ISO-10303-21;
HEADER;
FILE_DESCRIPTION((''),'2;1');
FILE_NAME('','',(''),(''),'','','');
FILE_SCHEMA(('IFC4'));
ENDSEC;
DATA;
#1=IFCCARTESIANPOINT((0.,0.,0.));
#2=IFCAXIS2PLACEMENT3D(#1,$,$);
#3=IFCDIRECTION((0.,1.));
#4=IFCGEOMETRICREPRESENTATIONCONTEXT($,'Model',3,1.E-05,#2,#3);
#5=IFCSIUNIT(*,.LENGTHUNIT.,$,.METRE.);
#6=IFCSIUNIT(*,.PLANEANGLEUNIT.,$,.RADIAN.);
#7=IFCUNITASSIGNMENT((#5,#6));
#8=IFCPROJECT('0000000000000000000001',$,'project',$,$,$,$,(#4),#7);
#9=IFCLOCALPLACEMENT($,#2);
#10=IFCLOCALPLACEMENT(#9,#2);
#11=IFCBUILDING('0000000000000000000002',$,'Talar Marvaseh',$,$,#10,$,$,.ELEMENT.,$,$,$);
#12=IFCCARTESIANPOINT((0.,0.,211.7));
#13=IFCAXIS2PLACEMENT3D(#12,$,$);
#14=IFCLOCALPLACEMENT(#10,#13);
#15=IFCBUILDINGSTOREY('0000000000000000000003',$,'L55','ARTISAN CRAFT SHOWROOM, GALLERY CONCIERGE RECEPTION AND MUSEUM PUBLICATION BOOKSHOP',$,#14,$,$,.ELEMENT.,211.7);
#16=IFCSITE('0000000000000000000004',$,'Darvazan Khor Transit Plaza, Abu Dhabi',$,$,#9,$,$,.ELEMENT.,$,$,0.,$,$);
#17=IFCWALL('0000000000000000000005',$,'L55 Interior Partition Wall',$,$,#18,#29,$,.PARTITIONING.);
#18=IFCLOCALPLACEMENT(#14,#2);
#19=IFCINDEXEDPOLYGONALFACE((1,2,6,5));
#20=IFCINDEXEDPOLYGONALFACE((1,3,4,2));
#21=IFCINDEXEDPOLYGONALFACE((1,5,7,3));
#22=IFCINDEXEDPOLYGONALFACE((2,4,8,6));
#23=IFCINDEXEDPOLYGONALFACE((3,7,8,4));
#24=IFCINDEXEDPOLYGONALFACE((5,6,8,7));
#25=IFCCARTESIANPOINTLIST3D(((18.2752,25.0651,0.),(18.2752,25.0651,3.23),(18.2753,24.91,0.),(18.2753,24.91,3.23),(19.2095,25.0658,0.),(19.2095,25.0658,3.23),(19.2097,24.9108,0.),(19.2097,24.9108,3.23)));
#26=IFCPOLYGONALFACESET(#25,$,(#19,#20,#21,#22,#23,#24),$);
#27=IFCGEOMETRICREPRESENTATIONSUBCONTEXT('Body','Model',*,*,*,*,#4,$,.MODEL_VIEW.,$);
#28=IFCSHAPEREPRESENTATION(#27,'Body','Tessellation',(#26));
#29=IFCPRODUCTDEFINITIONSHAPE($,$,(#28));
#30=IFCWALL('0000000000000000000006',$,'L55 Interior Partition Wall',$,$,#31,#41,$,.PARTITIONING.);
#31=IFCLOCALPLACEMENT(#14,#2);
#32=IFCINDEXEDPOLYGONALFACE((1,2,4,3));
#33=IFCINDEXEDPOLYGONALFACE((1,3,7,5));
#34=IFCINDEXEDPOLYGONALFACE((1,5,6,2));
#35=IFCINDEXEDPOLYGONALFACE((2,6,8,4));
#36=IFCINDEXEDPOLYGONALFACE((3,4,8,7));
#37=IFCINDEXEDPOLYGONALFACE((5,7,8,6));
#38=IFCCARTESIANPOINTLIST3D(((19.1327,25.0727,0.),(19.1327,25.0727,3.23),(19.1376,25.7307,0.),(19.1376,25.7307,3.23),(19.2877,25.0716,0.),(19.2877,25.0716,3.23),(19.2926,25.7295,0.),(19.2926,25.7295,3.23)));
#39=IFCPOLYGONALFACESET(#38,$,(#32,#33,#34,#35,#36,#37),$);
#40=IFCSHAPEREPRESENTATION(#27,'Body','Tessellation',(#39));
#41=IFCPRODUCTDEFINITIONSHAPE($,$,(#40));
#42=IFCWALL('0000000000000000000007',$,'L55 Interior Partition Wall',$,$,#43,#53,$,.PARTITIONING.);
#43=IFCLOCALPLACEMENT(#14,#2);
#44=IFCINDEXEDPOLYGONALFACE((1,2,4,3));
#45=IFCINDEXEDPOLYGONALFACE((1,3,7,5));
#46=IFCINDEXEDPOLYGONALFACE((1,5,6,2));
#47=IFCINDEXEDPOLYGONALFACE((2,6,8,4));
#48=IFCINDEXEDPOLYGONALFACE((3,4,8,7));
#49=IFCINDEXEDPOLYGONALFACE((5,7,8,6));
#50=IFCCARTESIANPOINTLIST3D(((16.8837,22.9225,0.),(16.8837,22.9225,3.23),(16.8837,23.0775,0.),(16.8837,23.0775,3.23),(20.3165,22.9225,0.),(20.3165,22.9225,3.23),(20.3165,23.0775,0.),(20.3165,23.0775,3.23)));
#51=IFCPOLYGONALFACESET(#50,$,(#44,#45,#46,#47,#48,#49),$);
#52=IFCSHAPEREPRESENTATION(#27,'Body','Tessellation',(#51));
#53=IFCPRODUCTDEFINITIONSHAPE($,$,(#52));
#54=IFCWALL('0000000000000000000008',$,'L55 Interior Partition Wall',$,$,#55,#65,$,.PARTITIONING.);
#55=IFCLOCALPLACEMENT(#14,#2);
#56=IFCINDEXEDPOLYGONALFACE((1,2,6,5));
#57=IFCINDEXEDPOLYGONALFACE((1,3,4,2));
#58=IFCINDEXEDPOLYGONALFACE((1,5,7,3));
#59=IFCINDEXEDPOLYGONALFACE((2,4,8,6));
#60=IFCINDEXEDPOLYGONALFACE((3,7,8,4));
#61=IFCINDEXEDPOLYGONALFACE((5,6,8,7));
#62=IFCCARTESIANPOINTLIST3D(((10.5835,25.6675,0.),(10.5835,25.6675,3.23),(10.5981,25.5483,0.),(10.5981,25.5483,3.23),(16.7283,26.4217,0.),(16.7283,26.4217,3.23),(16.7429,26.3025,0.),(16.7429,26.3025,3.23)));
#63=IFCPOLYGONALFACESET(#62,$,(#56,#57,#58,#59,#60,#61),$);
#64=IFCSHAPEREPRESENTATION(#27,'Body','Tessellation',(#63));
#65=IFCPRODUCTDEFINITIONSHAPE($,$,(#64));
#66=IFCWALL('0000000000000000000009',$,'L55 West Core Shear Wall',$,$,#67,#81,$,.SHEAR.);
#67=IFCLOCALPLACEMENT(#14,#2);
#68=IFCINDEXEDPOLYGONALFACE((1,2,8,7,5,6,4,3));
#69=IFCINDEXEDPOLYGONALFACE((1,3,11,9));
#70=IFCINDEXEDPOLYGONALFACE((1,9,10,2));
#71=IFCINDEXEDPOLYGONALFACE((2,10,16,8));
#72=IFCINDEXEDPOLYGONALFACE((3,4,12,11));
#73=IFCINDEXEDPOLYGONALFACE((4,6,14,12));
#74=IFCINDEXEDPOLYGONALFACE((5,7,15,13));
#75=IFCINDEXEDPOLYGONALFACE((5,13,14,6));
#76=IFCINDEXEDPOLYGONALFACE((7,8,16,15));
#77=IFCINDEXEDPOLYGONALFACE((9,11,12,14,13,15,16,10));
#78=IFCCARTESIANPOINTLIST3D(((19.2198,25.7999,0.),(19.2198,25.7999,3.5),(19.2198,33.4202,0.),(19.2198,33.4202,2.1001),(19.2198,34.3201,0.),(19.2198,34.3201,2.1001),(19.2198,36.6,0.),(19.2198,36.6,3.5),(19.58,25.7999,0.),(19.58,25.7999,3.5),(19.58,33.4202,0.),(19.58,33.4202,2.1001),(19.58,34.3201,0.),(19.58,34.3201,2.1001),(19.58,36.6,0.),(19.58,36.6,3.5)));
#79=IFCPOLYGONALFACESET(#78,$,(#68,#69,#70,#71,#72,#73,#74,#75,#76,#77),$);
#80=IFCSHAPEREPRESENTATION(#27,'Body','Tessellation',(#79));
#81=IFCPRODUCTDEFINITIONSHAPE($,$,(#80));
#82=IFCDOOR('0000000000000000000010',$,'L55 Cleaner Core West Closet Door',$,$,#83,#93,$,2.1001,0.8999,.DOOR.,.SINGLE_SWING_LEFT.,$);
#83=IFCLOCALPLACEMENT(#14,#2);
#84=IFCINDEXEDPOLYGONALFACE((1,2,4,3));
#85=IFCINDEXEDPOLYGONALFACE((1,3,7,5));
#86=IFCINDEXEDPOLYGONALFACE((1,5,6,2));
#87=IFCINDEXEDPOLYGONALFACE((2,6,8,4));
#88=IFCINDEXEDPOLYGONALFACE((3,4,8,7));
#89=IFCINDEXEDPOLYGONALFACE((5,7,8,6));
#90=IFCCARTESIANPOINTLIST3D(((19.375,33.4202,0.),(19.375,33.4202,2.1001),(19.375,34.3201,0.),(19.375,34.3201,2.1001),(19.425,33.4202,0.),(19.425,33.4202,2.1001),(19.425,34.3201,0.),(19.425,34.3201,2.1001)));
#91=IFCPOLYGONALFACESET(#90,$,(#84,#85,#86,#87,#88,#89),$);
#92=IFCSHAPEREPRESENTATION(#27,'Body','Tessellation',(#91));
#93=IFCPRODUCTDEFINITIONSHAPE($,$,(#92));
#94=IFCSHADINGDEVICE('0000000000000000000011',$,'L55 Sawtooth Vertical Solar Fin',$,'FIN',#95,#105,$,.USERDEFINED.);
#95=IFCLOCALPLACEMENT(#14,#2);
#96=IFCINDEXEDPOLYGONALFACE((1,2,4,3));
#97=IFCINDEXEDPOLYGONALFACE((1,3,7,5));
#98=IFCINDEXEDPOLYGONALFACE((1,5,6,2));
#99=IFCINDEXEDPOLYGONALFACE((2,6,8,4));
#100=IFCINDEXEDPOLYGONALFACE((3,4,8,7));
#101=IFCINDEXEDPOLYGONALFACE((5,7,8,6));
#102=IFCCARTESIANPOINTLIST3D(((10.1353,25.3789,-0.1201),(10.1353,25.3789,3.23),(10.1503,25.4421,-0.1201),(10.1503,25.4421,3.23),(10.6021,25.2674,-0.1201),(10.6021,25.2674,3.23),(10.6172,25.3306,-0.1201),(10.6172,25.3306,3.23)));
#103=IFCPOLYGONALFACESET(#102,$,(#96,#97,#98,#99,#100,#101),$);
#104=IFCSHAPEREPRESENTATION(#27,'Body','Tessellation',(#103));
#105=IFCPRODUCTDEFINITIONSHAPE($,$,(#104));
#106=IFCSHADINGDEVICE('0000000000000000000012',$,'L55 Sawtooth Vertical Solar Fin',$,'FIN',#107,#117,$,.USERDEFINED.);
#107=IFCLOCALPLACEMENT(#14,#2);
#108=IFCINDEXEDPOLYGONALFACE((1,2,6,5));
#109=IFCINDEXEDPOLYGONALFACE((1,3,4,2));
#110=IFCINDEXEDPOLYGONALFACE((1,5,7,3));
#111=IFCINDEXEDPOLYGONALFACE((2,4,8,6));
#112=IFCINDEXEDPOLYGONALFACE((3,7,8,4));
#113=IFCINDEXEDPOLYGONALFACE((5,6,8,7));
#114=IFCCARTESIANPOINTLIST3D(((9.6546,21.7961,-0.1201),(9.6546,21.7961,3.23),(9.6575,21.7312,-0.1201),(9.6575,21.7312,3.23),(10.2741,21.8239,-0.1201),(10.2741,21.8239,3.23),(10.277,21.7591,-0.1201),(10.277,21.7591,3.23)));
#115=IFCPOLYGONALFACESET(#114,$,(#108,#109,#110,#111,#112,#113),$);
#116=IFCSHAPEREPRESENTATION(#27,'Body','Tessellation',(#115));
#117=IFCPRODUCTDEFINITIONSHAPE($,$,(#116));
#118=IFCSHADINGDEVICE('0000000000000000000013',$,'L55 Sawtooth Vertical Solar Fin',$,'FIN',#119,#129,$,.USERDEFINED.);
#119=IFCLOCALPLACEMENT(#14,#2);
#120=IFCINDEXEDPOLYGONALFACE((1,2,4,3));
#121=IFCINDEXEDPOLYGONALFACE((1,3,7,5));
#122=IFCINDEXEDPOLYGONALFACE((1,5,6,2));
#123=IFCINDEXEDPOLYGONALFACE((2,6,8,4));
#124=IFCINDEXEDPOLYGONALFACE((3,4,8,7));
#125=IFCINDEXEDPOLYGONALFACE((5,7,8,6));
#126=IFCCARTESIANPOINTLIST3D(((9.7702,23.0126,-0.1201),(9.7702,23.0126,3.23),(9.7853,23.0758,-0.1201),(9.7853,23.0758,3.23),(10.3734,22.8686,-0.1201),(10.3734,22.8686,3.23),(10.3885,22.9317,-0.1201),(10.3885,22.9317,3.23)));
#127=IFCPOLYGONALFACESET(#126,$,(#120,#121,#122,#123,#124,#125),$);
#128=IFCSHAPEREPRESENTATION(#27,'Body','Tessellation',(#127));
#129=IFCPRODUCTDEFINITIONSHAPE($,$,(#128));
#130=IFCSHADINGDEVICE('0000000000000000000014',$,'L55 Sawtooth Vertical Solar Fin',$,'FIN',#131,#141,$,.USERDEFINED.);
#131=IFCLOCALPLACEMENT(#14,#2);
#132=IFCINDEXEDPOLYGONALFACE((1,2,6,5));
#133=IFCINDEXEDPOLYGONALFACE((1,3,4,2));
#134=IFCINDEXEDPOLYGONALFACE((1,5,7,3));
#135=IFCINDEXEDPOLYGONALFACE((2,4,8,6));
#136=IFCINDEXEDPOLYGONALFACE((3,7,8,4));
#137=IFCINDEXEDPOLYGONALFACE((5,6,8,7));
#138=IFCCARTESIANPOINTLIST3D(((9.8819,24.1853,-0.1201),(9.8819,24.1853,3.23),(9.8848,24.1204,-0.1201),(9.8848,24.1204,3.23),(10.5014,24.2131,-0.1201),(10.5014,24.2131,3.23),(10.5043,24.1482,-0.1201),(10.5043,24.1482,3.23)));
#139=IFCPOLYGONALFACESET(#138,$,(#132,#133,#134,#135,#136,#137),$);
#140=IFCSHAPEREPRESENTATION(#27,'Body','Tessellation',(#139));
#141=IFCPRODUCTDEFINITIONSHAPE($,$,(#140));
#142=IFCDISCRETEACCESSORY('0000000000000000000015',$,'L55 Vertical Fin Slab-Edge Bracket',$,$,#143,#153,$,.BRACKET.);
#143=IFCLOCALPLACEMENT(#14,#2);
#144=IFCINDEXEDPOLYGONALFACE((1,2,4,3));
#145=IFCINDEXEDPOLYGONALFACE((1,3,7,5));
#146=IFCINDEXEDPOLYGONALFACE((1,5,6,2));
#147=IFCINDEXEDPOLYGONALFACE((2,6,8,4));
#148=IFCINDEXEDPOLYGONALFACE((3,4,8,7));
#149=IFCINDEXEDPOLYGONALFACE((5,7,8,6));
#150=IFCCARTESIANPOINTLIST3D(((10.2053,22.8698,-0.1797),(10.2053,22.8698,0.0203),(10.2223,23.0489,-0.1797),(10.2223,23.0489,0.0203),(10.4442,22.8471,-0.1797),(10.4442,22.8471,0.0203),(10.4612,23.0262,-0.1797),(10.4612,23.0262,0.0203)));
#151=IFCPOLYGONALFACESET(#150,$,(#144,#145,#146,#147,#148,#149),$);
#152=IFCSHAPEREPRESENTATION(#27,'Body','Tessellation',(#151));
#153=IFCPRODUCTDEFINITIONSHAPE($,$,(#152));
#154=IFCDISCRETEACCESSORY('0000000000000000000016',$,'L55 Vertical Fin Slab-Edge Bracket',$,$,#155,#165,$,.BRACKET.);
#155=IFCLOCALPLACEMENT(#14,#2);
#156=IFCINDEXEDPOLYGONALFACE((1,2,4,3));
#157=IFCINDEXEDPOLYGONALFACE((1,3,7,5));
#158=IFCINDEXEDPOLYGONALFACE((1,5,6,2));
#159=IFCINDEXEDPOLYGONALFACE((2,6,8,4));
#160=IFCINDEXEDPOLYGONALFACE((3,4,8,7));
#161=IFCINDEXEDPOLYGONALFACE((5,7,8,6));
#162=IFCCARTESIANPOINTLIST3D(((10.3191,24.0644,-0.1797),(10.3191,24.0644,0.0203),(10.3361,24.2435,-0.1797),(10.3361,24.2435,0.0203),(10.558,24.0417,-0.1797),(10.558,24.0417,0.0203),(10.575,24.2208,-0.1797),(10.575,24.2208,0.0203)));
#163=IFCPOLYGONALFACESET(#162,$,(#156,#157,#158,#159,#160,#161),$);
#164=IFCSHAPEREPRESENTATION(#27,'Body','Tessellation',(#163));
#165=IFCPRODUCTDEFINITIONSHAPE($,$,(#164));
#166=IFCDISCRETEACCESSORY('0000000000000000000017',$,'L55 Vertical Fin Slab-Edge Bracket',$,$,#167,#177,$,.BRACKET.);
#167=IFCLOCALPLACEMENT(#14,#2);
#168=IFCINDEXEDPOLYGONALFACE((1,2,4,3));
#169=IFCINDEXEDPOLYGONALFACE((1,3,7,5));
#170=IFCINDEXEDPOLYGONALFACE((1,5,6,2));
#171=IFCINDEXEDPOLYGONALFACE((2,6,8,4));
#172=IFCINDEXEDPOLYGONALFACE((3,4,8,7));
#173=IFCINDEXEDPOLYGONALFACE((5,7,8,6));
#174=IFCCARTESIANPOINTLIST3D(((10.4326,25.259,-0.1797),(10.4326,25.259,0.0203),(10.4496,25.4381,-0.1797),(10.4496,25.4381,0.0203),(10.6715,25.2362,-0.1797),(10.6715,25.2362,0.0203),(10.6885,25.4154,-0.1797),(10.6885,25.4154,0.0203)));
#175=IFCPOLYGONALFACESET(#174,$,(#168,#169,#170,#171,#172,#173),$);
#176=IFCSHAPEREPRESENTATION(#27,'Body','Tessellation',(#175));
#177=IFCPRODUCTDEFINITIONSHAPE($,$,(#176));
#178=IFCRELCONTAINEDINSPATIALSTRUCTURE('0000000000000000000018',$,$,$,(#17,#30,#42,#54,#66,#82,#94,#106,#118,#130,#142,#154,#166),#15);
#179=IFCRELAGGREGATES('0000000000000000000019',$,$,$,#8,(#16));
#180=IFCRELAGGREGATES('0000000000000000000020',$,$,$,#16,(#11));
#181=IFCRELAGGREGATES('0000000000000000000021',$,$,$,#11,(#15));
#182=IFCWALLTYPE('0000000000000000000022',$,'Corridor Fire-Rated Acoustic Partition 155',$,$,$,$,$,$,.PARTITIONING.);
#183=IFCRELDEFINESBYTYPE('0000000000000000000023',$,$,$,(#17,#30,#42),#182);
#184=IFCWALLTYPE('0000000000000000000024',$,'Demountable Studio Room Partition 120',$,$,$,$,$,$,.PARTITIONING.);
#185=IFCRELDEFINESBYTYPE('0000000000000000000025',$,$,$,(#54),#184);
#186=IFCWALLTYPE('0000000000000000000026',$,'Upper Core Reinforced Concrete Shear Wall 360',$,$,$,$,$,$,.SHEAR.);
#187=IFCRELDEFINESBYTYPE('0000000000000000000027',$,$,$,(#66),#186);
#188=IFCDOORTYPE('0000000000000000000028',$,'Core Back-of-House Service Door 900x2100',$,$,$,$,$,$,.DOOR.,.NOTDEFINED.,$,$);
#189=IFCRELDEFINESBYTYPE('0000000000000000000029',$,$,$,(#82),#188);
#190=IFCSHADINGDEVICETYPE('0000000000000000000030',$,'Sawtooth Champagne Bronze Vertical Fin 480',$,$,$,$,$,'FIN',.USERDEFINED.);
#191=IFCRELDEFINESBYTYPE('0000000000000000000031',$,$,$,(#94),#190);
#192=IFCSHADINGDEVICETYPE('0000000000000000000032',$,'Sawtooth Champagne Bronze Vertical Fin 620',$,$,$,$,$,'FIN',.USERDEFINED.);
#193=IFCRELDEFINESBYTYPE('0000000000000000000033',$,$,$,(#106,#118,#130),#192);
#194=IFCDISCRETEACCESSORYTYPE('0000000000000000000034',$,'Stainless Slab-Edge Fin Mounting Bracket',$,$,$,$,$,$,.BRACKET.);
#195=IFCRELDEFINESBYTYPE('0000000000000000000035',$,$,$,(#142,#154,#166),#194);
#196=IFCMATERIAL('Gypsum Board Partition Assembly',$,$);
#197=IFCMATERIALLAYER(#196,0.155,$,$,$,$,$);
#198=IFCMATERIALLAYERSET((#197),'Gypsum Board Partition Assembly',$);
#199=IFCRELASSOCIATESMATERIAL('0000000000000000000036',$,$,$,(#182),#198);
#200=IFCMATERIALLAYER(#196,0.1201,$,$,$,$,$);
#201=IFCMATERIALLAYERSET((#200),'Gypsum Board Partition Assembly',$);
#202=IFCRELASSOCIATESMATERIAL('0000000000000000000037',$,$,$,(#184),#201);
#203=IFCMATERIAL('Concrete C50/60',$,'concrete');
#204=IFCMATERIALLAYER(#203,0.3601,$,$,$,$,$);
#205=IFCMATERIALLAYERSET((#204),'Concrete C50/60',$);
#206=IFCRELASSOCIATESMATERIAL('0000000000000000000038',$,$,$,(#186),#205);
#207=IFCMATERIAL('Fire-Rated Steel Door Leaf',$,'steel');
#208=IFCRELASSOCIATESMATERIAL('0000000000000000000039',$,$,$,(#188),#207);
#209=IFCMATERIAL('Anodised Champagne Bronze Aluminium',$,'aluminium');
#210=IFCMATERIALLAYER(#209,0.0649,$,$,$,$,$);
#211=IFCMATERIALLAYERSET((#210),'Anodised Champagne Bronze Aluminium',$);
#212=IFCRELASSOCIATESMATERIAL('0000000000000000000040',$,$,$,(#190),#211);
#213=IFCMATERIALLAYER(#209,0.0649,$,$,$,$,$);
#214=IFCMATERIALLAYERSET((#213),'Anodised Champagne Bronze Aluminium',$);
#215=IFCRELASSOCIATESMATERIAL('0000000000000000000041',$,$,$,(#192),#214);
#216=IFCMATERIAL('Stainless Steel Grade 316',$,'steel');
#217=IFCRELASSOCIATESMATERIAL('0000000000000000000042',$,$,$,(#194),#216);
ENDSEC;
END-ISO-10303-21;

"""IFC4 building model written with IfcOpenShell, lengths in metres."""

from ifc_helpers import new_model, si_unit, direction, frame, frame_2d, origin, origin_2d, place, context, subcontext, project, spatial, rectangle, extrude, source, transform, mapped, material, layer, layer_set, type_object, type_shapes, element, fill, save


model = new_model("IFC4")

# Units and contexts
model_context = context("Model", 3, precision=1e-05, world=origin(), true_north=direction((0.0, 1.0)))
body_context = subcontext(model_context, "Body", "Model", "MODEL_VIEW")
ifc_project = project(units=[si_unit("LENGTHUNIT", "METRE"), si_unit("PLANEANGLEUNIT", "RADIAN")], contexts=[model_context])

# Site, building, storey
site_placement = place(None, origin())
site = spatial("IfcSite", under=ifc_project, at=site_placement, Name="Darvazan Khor Transit Plaza, Abu Dhabi", CompositionType="ELEMENT", RefElevation=0.0)
building_placement = place(site_placement, origin())
building = spatial("IfcBuilding", under=site, at=building_placement, Name="Talar Marvaseh", CompositionType="ELEMENT")
storey_placement = place(building_placement, frame((0.0, 0.0, 211.7)))
storey = spatial("IfcBuildingStorey", under=building, at=storey_placement, Name="L55", Description="ARTISAN CRAFT SHOWROOM, GALLERY CONCIERGE RECEPTION AND MUSEUM PUBLICATION BOOKSHOP", CompositionType="ELEMENT", Elevation=211.7)

# Shared definitions
ifc_material_1 = material(Name="Gypsum Board Partition Assembly")
ifc_layer_1 = layer(ifc_material_1, 0.155)
ifc_layer_set_1 = layer_set([ifc_layer_1], Name="Gypsum Board Partition Assembly")
wall_type_1 = type_object("IfcWallType", Name="Corridor Fire-Rated Acoustic Partition 155", PredefinedType="PARTITIONING", material=ifc_layer_set_1)

# Walls
wall_1_placement = place(storey_placement, frame((18.2751, 24.9875, 0.0), z_axis=(0.0, 0.0, 1.0), x_axis=(1.0, 0.000784, 0.0)))
element("IfcWall", 1, at=wall_1_placement, inside=storey, type_object=wall_type_1, Name="L55 Interior Partition Wall", PredefinedType="PARTITIONING", context=body_context, shape_type="SweptSolid", body=[
    extrude(rectangle(XDim=0.9343, YDim=0.155, at=frame_2d((0.4673, 0.0))), origin(), (0.0, 0.0, 1.0), 3.23),
])
wall_2_placement = place(storey_placement, frame((19.2102, 25.072, 0.0), z_axis=(0.0, 0.0, 1.0), x_axis=(0.007421, 0.999972, 0.0)))
element("IfcWall", 2, at=wall_2_placement, inside=storey, type_object=wall_type_1, Name="L55 Interior Partition Wall", PredefinedType="PARTITIONING", context=body_context, shape_type="SweptSolid", body=[
    extrude(rectangle(XDim=0.658, YDim=0.155, at=frame_2d((0.3291, 0.0))), origin(), (0.0, 0.0, 1.0), 3.23),
])
wall_3_placement = place(storey_placement, frame((20.3164, 23.0, 0.0), z_axis=(0.0, 0.0, 1.0), x_axis=(-1.0, 0.0, 0.0)))
element("IfcWall", 3, at=wall_3_placement, inside=storey, type_object=wall_type_1, Name="L55 Interior Partition Wall", PredefinedType="PARTITIONING", context=body_context, shape_type="SweptSolid", body=[
    extrude(rectangle(XDim=3.4329, YDim=0.155, at=frame_2d((1.7163, 0.0))), origin(), (0.0, 0.0, 1.0), 3.23),
])
ifc_layer_2 = layer(ifc_material_1, 0.1201)
ifc_layer_set_2 = layer_set([ifc_layer_2], Name="Gypsum Board Partition Assembly")
wall_type_2 = type_object("IfcWallType", Name="Demountable Studio Room Partition 120", PredefinedType="PARTITIONING", material=ifc_layer_set_2)
wall_4_placement = place(storey_placement, frame((10.5908, 25.6079, 0.0), z_axis=(0.0, 0.0, 1.0), x_axis=(0.992553, 0.121816, 0.0)))
element("IfcWall", 4, at=wall_4_placement, inside=storey, type_object=wall_type_2, Name="L55 Interior Partition Wall", PredefinedType="PARTITIONING", context=body_context, shape_type="SweptSolid", body=[
    extrude(rectangle(XDim=6.1909, YDim=0.1201, at=frame_2d((3.0955, 0.0))), origin(), (0.0, 0.0, 1.0), 3.23),
])

# Wall, opening, door
ifc_material_2 = material(Name="Concrete C50/60", Category="concrete")
ifc_layer_3 = layer(ifc_material_2, 0.3601)
ifc_layer_set_3 = layer_set([ifc_layer_3], Name="Concrete C50/60")
wall_type_3 = type_object("IfcWallType", Name="Upper Core Reinforced Concrete Shear Wall 360", PredefinedType="SHEAR", material=ifc_layer_set_3)
wall_5_placement = place(storey_placement, frame((19.3999, 25.8, 0.0), z_axis=(0.0, 0.0, 1.0), x_axis=(0.0, 1.0, 0.0)))
wall_5 = element("IfcWall", 5, at=wall_5_placement, inside=storey, type_object=wall_type_3, Name="L55 West Core Shear Wall", PredefinedType="SHEAR", context=body_context, shape_type="SweptSolid", body=[
    extrude(rectangle(XDim=10.8, YDim=0.3601, at=frame_2d((5.3999, 0.0))), origin(), (0.0, 0.0, 1.0), 3.5),
])
opening_1_placement = place(wall_5_placement, frame((7.6201, 0.0, 0.0)))
opening_1 = element("IfcOpeningElement", 6, at=opening_1_placement, cuts=wall_5, PredefinedType="OPENING", context=body_context, shape_type="SweptSolid", body=[
    extrude(rectangle(XDim=0.8999, YDim=2.1001, at=frame_2d((0.45, 1.05))), frame((0.0, 0.1899, 0.0), z_axis=(0.0, -1.0, 0.0), x_axis=(1.0, 0.0, 0.0)), (0.0, 0.0, 1.0), 0.3801),
])
ifc_material_3 = material(Name="Fire-Rated Steel Door Leaf", Category="steel")
door_type_1 = type_object("IfcDoorType", Name="Core Back-of-House Service Door 900x2100", OperationType="NOTDEFINED", PredefinedType="DOOR", material=ifc_material_3)
shared_shape_1 = source(origin(), body_context, "Body", "SweptSolid", [
    extrude(rectangle(XDim=0.8999, YDim=2.1001, at=frame_2d((0.45, 1.05))), frame((0.0, 0.0249, 0.0), z_axis=(0.0, -1.0, 0.0), x_axis=(1.0, 0.0, 0.0)), (0.0, 0.0, 1.0), 0.05),
])
type_shapes(door_type_1, [shared_shape_1])
door_1_placement = place(opening_1_placement, origin())
door_1 = element("IfcDoor", 7, at=door_1_placement, inside=storey, type_object=door_type_1, Name="L55 Cleaner Core West Closet Door", OperationType="SINGLE_SWING_LEFT", OverallHeight=2.1001, OverallWidth=0.8999, PredefinedType="DOOR", context=body_context, shape_type="MappedRepresentation", body=[
    mapped(shared_shape_1, transform((0.0, 0.0, 0.0), x_axis=(1.0, 0.0, 0.0), y_axis=(0.0, 1.0, 0.0), z_axis=(0.0, 0.0, 1.0), scale=1.0)),
])
fill(opening_1, door_1)

# Shading devices
ifc_material_4 = material(Name="Anodised Champagne Bronze Aluminium", Category="aluminium")
ifc_layer_4 = layer(ifc_material_4, 0.0649)
ifc_layer_set_4 = layer_set([ifc_layer_4], Name="Anodised Champagne Bronze Aluminium")
shading_device_type_1 = type_object("IfcShadingDeviceType", Name="Sawtooth Champagne Bronze Vertical Fin 480", ElementType="FIN", PredefinedType="USERDEFINED", material=ifc_layer_set_4)
shared_shape_2 = source(origin(), body_context, "Body", "SweptSolid", [
    extrude(rectangle(XDim=0.48, YDim=0.0649, at=origin_2d()), origin(), (0.0, 0.0, 1.0), 3.3501),
])
type_shapes(shading_device_type_1, [shared_shape_2])
shading_device_placement = place(storey_placement, frame((10.3762, 25.3547, -0.1201), z_axis=(0.0, 0.0, 1.0), x_axis=(-0.972654, 0.232257, 0.0)))
element("IfcShadingDevice", 8, at=shading_device_placement, inside=storey, type_object=shading_device_type_1, Name="L55 Sawtooth Vertical Solar Fin", ObjectType="FIN", PredefinedType="USERDEFINED", context=body_context, shape_type="MappedRepresentation", body=[
    mapped(shared_shape_2, transform((0.0, 0.0, 0.0), x_axis=(1.0, 0.0, 0.0), y_axis=(0.0, 1.0, 0.0), z_axis=(0.0, 0.0, 1.0), scale=1.0)),
])
ifc_layer_5 = layer(ifc_material_4, 0.0649)
ifc_layer_set_5 = layer_set([ifc_layer_5], Name="Anodised Champagne Bronze Aluminium")
shading_device_type_2 = type_object("IfcShadingDeviceType", Name="Sawtooth Champagne Bronze Vertical Fin 620", ElementType="FIN", PredefinedType="USERDEFINED", material=ifc_layer_set_5)
shared_shape_3 = source(origin(), body_context, "Body", "SweptSolid", [
    extrude(rectangle(XDim=0.6201, YDim=0.0649, at=origin_2d()), origin(), (0.0, 0.0, 1.0), 3.3501),
])
type_shapes(shading_device_type_2, [shared_shape_3])
for number, where, z_axis, x_axis, name in (
    (9, (9.9658, 21.7776, -0.1201), (0.0, 0.0, 1.0), (-0.998994, -0.04484, 0.0), "L55 Sawtooth Vertical Solar Fin"),
    (10, (10.0793, 22.9722, -0.1201), (0.0, 0.0, 1.0), (-0.972654, 0.232257, 0.0), "L55 Sawtooth Vertical Solar Fin"),
    (11, (10.1931, 24.1667, -0.1201), (0.0, 0.0, 1.0), (-0.998994, -0.04484, 0.0), "L55 Sawtooth Vertical Solar Fin"),
):
    element("IfcShadingDevice", number, at=place(storey_placement, frame(where, z_axis=z_axis, x_axis=x_axis)), inside=storey, type_object=shading_device_type_2, Name=name, ObjectType="FIN", PredefinedType="USERDEFINED", context=body_context, shape_type="MappedRepresentation", body=[
        mapped(shared_shape_3, transform((0.0, 0.0, 0.0), x_axis=(1.0, 0.0, 0.0), y_axis=(0.0, 1.0, 0.0), z_axis=(0.0, 0.0, 1.0), scale=1.0)),
    ])

# Discrete accessories
ifc_material_5 = material(Name="Stainless Steel Grade 316", Category="steel")
discrete_accessory_type = type_object("IfcDiscreteAccessoryType", Name="Stainless Slab-Edge Fin Mounting Bracket", PredefinedType="BRACKET", material=ifc_material_5)
shared_shape_4 = source(origin(), body_context, "Body", "SweptSolid", [
    extrude(rectangle(XDim=0.24, YDim=0.1799, at=origin_2d()), origin(), (0.0, 0.0, 1.0), 0.2),
])
type_shapes(discrete_accessory_type, [shared_shape_4])
for number, where, z_axis, x_axis, name in (
    (12, (10.3333, 22.948, -0.1797), (0.0, 0.0, 1.0), (-0.995513, 0.09463, 0.0), "L55 Vertical Fin Slab-Edge Bracket"),
    (13, (10.447, 24.1426, -0.1797), (0.0, 0.0, 1.0), (-0.995513, 0.09463, 0.0), "L55 Vertical Fin Slab-Edge Bracket"),
    (14, (10.5605, 25.3372, -0.1797), (0.0, 0.0, 1.0), (-0.995513, 0.09463, 0.0), "L55 Vertical Fin Slab-Edge Bracket"),
):
    element("IfcDiscreteAccessory", number, at=place(storey_placement, frame(where, z_axis=z_axis, x_axis=x_axis)), inside=storey, type_object=discrete_accessory_type, Name=name, PredefinedType="BRACKET", context=body_context, shape_type="MappedRepresentation", body=[
        mapped(shared_shape_4, transform((0.0, 0.0, 0.0), x_axis=(1.0, 0.0, 0.0), y_axis=(0.0, 1.0, 0.0), z_axis=(0.0, 0.0, 1.0), scale=1.0)),
    ])

save(model, "model.ifc")
